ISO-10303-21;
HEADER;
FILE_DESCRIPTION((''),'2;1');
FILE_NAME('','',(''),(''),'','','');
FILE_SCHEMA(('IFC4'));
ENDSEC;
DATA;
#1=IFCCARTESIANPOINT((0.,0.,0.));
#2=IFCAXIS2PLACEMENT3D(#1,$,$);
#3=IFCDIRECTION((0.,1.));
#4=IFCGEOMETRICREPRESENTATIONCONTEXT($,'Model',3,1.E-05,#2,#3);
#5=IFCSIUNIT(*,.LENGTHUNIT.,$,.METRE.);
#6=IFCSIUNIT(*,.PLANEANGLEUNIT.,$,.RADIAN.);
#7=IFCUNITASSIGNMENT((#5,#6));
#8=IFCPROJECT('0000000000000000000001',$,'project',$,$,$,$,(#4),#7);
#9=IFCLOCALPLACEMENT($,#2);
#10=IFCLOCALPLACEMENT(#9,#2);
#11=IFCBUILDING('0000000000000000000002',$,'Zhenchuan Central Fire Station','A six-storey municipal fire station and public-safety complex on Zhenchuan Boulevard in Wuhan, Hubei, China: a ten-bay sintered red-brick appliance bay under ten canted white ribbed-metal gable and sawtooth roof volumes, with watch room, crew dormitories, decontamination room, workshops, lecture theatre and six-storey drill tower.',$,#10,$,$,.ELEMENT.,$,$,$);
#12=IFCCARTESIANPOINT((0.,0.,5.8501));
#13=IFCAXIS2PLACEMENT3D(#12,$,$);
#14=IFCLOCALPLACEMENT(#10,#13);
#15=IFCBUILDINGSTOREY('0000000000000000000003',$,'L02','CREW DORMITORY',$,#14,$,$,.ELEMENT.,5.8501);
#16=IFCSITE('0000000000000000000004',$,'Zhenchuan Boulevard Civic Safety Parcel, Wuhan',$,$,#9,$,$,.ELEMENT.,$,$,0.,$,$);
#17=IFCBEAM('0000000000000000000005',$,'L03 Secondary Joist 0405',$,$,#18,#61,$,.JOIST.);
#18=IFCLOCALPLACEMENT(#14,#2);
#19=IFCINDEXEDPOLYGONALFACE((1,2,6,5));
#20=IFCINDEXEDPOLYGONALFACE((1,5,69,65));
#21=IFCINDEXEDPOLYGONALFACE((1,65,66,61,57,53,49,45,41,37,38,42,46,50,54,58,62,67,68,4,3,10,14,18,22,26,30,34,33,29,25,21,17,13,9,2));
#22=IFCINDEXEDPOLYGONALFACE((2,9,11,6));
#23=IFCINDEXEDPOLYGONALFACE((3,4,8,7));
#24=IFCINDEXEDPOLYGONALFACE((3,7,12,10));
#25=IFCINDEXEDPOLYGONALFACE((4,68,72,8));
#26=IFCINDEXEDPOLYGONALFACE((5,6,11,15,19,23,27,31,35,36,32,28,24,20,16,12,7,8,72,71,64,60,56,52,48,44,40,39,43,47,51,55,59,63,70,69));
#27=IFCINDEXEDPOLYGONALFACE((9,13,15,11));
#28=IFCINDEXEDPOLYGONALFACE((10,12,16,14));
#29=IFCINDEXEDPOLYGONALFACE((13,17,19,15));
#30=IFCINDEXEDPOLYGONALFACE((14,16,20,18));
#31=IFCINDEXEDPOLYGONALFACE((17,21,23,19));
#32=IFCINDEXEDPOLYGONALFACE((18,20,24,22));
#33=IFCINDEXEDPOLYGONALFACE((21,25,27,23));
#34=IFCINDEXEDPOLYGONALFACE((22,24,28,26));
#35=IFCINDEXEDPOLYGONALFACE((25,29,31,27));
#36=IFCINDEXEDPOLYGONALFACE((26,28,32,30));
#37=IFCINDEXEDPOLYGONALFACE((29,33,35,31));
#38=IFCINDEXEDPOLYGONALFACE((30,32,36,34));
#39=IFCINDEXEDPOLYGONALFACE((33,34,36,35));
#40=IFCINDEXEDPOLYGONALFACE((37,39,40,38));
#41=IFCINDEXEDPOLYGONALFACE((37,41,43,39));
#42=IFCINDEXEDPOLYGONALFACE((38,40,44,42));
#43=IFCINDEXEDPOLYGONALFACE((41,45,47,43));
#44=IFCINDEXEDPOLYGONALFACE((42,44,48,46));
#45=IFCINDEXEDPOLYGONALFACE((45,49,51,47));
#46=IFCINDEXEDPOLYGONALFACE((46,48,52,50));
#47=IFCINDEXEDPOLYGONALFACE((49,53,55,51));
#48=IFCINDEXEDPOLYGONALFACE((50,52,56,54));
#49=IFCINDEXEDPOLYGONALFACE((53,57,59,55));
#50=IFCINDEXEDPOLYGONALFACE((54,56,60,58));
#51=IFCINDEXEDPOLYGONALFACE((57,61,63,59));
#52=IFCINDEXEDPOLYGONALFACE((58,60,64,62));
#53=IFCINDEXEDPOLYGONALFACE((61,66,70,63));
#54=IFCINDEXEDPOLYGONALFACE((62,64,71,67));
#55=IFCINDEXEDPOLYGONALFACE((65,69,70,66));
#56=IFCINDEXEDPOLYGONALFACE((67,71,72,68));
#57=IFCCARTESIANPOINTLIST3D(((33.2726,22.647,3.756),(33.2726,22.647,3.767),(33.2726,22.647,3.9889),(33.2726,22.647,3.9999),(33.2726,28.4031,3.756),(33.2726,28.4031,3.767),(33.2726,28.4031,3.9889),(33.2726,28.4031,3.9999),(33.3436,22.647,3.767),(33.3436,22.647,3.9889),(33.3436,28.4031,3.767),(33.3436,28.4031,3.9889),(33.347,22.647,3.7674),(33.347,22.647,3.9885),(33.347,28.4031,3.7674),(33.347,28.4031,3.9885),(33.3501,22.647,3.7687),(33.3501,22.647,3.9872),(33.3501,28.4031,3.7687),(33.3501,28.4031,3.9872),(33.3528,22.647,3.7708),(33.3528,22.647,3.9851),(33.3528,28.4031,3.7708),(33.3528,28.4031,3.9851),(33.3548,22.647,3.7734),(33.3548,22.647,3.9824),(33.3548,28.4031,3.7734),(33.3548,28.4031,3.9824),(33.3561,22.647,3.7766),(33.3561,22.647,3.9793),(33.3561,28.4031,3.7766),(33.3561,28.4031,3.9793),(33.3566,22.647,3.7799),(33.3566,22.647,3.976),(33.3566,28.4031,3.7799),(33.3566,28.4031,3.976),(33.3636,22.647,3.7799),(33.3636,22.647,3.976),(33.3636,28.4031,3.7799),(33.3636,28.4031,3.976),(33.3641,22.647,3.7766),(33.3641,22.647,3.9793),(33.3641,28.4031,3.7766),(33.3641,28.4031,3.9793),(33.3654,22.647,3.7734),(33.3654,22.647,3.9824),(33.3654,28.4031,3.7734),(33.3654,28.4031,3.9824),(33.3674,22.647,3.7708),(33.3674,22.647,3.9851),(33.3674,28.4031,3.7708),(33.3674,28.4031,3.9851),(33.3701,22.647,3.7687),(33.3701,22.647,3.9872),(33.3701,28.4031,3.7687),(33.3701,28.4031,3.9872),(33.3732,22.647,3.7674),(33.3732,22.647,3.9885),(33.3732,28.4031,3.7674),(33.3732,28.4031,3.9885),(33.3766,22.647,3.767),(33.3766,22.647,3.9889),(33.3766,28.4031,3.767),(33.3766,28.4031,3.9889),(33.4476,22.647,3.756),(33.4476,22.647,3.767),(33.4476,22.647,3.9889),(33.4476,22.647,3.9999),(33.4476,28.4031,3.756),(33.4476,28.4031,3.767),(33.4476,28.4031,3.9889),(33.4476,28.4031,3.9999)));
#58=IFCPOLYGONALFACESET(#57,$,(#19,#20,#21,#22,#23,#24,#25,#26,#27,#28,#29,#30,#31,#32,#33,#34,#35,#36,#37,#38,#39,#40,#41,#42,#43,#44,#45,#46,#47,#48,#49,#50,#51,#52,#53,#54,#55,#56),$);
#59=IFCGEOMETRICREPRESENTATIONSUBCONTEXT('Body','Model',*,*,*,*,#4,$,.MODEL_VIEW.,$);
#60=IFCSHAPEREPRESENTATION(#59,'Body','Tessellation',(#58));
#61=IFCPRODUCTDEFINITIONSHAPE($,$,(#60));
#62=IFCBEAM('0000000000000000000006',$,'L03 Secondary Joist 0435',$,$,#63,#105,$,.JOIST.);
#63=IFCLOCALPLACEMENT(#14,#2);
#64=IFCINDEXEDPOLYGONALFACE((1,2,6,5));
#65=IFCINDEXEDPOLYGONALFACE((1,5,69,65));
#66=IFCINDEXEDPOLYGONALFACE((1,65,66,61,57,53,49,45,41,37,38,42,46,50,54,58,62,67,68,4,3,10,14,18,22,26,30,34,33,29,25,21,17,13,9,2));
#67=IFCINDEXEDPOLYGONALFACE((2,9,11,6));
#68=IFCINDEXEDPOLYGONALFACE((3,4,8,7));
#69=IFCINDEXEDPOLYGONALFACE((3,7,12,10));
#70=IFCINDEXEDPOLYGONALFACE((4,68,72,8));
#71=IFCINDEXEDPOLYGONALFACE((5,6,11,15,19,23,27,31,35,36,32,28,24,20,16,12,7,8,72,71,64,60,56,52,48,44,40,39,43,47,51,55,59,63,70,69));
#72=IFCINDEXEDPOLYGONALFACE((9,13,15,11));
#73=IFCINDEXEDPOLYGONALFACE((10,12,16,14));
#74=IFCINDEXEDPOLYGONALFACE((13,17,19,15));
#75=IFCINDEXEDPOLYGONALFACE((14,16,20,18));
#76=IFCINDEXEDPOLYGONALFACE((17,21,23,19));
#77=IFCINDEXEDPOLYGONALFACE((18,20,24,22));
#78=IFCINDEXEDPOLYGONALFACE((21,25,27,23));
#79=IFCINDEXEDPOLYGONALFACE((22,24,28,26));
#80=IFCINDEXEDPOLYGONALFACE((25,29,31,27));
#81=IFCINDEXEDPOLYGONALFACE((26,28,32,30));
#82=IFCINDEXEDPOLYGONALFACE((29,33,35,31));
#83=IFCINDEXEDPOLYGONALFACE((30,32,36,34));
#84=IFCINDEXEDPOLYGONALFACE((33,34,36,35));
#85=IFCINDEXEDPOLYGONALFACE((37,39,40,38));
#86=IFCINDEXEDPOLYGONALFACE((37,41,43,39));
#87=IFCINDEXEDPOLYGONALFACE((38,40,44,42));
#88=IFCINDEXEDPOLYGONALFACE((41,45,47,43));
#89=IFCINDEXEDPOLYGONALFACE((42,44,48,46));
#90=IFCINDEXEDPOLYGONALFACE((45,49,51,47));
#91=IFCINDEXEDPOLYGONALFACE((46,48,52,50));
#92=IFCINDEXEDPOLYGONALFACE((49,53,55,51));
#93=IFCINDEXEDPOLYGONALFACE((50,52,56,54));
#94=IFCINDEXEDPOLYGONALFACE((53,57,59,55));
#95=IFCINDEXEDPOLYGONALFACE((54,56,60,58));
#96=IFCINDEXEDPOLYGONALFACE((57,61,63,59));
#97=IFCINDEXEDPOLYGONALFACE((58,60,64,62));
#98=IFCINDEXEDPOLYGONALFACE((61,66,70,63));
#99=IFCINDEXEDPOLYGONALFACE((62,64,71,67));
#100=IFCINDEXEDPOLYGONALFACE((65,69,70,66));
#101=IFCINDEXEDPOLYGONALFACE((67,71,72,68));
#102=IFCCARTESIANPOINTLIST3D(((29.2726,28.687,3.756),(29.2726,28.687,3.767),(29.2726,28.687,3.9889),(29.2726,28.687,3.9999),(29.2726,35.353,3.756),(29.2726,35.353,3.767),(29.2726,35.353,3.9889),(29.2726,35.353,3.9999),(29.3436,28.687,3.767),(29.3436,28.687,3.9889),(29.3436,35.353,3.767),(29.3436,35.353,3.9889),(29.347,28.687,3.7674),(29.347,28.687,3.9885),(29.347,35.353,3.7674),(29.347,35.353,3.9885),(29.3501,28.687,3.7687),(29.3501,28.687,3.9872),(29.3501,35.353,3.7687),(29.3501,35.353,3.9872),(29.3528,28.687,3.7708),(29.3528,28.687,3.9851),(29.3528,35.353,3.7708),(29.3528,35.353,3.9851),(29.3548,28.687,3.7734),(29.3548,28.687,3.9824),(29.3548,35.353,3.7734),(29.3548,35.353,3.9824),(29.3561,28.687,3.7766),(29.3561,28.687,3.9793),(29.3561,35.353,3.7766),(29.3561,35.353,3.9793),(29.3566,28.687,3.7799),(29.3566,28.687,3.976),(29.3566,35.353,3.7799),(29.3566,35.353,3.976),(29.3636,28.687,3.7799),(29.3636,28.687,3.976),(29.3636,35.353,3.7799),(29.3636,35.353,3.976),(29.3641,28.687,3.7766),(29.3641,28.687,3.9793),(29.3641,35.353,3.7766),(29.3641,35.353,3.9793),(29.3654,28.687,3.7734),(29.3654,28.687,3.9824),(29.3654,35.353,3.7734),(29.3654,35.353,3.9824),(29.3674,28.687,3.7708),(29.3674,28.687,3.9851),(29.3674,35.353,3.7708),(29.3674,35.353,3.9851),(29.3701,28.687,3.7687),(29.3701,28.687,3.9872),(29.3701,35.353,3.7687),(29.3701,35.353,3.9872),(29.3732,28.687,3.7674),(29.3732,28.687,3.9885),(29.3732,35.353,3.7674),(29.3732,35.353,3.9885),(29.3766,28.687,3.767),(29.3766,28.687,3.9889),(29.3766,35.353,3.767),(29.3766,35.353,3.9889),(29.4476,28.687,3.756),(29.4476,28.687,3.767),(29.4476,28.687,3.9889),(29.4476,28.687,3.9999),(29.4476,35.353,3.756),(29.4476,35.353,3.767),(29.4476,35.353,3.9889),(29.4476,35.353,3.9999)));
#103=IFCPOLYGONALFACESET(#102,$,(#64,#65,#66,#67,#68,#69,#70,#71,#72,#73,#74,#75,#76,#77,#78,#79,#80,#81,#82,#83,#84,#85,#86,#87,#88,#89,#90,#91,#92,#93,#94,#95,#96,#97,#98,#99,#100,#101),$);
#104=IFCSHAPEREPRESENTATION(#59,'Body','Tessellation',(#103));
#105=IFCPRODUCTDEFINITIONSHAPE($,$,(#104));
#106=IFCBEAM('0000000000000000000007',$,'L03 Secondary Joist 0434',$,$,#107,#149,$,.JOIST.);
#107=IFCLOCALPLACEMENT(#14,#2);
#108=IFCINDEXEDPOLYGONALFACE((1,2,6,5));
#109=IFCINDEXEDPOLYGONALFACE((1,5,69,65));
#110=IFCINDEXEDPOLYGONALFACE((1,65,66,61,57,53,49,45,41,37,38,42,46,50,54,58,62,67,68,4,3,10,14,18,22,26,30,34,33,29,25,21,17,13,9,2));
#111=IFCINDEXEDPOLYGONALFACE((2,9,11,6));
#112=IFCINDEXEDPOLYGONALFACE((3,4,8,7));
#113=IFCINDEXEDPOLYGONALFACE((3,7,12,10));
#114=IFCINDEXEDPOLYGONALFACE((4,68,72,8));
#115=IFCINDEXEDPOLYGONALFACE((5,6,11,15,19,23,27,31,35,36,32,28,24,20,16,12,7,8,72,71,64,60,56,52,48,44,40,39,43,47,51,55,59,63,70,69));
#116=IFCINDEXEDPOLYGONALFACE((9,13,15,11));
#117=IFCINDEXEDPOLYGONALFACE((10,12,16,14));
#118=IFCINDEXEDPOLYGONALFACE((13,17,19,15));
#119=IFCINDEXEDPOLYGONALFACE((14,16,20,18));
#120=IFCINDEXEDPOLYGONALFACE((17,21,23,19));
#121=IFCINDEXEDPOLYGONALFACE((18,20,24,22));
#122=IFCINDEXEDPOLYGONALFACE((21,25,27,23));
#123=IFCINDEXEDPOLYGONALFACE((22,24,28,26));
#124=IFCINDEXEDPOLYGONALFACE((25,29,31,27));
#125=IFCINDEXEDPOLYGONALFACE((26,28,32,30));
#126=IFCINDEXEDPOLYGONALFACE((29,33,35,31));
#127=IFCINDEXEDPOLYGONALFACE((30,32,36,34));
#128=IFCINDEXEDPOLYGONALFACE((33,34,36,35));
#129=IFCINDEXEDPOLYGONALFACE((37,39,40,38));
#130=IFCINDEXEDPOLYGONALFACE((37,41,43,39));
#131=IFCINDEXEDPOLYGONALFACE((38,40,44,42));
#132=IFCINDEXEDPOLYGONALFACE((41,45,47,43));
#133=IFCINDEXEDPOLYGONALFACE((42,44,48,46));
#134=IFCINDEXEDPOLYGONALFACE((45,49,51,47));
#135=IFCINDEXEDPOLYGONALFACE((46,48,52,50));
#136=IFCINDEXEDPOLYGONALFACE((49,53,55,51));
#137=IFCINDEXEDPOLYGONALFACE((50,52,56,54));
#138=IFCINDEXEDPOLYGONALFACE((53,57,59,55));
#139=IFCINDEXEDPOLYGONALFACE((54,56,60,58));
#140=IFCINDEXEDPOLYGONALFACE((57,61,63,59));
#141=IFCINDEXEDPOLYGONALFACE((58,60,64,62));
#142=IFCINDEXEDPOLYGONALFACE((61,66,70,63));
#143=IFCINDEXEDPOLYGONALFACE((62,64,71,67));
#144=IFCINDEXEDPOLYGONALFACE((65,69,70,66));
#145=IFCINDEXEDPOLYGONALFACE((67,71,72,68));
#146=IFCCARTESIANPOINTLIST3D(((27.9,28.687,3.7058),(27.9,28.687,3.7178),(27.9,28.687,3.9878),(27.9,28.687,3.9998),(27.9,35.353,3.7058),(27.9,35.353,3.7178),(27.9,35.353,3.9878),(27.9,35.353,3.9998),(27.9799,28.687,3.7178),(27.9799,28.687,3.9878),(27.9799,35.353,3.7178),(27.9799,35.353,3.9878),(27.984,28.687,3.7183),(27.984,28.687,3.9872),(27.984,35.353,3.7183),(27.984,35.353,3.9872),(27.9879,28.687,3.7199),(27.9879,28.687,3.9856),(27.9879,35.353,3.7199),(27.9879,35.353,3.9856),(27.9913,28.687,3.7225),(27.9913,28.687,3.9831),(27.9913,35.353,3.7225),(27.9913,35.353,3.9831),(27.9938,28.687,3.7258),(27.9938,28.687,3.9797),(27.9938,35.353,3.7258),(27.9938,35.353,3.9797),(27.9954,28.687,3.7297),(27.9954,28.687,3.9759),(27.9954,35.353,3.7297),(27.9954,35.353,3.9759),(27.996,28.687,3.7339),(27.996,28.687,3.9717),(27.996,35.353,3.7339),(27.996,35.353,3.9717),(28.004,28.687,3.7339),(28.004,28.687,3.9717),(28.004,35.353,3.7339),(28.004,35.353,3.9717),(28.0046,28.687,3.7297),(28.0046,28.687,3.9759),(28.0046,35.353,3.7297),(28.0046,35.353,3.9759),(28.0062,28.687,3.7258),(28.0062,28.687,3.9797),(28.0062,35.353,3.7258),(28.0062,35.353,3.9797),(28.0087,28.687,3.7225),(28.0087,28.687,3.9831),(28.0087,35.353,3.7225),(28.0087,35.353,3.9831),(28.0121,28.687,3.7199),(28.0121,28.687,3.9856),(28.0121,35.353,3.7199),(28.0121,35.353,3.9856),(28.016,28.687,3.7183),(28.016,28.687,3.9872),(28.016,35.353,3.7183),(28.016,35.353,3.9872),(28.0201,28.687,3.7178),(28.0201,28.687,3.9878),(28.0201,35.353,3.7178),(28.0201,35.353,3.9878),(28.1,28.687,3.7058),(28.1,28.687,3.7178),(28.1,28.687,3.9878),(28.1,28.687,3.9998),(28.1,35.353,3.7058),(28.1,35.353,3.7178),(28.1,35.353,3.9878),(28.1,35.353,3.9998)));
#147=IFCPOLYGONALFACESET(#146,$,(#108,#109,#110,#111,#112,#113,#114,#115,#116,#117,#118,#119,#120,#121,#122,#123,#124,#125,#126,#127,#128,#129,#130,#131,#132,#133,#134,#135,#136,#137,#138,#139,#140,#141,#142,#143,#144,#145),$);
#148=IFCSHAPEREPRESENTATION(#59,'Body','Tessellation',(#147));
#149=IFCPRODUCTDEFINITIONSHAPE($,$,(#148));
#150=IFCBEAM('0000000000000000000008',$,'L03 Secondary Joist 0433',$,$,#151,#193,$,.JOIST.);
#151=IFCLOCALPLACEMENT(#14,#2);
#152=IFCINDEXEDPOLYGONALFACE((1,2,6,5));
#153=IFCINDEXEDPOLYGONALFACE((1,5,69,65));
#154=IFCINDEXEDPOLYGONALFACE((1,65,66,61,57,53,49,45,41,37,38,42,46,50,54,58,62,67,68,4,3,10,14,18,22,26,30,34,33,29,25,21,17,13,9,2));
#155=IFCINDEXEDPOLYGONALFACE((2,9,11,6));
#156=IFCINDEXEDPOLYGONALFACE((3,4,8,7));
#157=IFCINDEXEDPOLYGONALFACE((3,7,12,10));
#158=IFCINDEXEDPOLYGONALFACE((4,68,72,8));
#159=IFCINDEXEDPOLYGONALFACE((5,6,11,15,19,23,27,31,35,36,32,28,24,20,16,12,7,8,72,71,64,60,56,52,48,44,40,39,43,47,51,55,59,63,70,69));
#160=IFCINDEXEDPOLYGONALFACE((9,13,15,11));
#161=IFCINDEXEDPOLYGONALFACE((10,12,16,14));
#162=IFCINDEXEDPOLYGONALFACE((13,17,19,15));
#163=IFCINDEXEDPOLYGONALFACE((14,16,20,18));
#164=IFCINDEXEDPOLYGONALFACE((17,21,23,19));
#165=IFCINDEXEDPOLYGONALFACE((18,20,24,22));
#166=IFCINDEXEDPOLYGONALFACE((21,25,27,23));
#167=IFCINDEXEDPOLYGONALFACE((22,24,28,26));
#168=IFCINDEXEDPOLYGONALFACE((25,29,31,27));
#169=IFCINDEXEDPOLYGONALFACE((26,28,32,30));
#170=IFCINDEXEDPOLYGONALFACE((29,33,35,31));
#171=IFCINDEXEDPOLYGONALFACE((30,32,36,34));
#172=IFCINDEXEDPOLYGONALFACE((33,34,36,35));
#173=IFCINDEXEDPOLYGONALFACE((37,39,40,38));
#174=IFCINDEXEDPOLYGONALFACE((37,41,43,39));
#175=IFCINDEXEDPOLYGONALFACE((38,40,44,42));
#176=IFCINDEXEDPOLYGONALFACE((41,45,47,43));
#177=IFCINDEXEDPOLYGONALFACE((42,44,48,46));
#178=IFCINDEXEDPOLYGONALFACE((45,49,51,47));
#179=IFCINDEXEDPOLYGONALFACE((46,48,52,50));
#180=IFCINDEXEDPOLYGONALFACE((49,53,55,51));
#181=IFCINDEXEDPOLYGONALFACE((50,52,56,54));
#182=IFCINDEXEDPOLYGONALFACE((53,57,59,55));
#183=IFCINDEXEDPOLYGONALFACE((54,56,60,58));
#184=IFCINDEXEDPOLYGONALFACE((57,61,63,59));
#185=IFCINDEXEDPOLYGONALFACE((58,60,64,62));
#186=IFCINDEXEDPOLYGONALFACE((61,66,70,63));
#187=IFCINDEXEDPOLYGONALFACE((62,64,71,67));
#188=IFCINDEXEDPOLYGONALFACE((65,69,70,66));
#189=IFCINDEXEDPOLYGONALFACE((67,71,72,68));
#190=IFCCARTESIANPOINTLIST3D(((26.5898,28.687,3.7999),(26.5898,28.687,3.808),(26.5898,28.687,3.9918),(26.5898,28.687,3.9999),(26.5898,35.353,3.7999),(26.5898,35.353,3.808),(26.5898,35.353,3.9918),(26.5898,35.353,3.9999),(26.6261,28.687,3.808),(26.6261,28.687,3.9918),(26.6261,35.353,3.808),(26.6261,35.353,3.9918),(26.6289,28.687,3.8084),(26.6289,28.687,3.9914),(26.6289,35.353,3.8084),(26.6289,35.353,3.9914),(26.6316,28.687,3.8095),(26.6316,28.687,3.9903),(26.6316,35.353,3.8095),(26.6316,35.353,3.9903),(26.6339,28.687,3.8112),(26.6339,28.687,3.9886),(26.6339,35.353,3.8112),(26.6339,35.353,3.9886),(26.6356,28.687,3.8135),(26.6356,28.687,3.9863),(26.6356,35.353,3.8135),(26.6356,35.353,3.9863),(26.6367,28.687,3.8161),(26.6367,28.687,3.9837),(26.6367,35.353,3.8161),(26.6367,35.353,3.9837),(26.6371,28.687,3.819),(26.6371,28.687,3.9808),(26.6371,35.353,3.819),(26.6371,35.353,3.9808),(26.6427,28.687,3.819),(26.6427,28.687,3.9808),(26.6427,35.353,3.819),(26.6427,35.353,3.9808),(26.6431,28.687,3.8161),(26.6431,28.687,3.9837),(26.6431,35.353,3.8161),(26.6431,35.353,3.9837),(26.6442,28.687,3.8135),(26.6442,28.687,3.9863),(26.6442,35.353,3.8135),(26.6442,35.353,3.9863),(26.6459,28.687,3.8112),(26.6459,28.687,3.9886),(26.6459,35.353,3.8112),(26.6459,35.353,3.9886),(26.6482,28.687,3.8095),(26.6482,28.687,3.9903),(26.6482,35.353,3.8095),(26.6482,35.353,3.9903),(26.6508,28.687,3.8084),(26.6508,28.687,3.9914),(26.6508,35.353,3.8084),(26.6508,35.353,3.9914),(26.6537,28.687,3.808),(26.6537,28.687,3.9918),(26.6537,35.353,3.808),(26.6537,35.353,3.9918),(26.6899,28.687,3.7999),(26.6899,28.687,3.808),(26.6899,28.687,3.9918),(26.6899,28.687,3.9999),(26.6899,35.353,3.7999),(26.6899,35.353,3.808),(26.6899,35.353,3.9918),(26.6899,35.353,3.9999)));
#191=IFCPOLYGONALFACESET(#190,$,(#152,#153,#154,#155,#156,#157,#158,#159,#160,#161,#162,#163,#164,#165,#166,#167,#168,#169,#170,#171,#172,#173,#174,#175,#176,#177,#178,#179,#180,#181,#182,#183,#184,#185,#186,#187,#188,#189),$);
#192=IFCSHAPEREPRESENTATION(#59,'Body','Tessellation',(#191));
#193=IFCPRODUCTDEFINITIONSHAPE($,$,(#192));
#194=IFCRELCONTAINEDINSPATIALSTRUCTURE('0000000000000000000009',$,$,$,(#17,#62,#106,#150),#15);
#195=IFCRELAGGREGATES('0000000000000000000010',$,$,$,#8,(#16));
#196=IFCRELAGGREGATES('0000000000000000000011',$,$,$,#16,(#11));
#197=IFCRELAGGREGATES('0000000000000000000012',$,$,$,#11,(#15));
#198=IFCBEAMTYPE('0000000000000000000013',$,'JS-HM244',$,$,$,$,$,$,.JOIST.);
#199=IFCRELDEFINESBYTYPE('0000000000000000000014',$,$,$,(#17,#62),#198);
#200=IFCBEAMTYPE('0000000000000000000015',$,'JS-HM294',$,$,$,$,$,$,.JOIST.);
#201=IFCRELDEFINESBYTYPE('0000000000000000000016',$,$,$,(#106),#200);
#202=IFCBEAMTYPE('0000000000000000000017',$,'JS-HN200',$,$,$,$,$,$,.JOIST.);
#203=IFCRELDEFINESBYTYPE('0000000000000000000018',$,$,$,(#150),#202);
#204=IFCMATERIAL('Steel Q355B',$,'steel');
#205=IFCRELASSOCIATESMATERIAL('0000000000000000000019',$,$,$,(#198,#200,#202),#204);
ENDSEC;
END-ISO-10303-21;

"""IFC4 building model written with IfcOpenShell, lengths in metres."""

from ifc_helpers import new_model, si_unit, direction, frame, origin, origin_2d, place, context, subcontext, project, spatial, i_section, extrude, material, material_profile, profile_set, type_object, element, save


model = new_model("IFC4")

# Units and contexts
model_context = context("Model", 3, precision=1e-05, world=origin(), true_north=direction((0.0, 1.0)))
body_context = subcontext(model_context, "Body", "Model", "MODEL_VIEW")
ifc_project = project(units=[si_unit("LENGTHUNIT", "METRE"), si_unit("PLANEANGLEUNIT", "RADIAN")], contexts=[model_context])

# Site, building, storey
site_placement = place(None, origin())
site = spatial("IfcSite", under=ifc_project, at=site_placement, Name="Zhenchuan Boulevard Civic Safety Parcel, Wuhan", CompositionType="ELEMENT", RefElevation=0.0)
building_placement = place(site_placement, origin())
building = spatial("IfcBuilding", under=site, at=building_placement, Name="Zhenchuan Central Fire Station", Description="A six-storey municipal fire station and public-safety complex on Zhenchuan Boulevard in Wuhan, Hubei, China: a ten-bay sintered red-brick appliance bay under ten canted white ribbed-metal gable and sawtooth roof volumes, with watch room, crew dormitories, decontamination room, workshops, lecture theatre and six-storey drill tower.", CompositionType="ELEMENT")
storey_placement = place(building_placement, frame((0.0, 0.0, 5.8501)))
storey = spatial("IfcBuildingStorey", under=building, at=storey_placement, Name="L02", Description="CREW DORMITORY", CompositionType="ELEMENT", Elevation=5.8501)

# Shared definitions
ifc_material_1 = material(Name="Steel Q355B", Category="steel")

# Beams
ifc_material_profile_1 = material_profile(ifc_material_1, i_section(OverallWidth=0.175, OverallDepth=0.2439, WebThickness=0.0071, FlangeThickness=0.011, FilletRadius=0.0129, at=origin_2d()), Name="HM 244x175")
ifc_profile_set_1 = profile_set([ifc_material_profile_1], Name="Steel Q355B")
beam_type_1 = type_object("IfcBeamType", Name="JS-HM244", PredefinedType="JOIST", material=ifc_profile_set_1)
beam_1_placement = place(storey_placement, frame((33.3601, 22.647, 3.8779), z_axis=(0.0, 1.0, 0.0), x_axis=(-1.0, 0.0, 0.0)))
element("IfcBeam", 1, at=beam_1_placement, inside=storey, type_object=beam_type_1, Name="L03 Secondary Joist 0405", PredefinedType="JOIST", context=body_context, shape_type="SweptSolid", body=[
    extrude(i_section(OverallWidth=0.175, OverallDepth=0.2439, WebThickness=0.0071, FlangeThickness=0.011, FilletRadius=0.0129, at=origin_2d()), origin(), (0.0, 0.0, 1.0), 5.7561),
])
beam_2_placement = place(storey_placement, frame((29.3601, 28.687, 3.8779), z_axis=(0.0, 1.0, 0.0), x_axis=(-1.0, 0.0, 0.0)))
element("IfcBeam", 2, at=beam_2_placement, inside=storey, type_object=beam_type_1, Name="L03 Secondary Joist 0435", PredefinedType="JOIST", context=body_context, shape_type="SweptSolid", body=[
    extrude(i_section(OverallWidth=0.175, OverallDepth=0.2439, WebThickness=0.0071, FlangeThickness=0.011, FilletRadius=0.0129, at=origin_2d()), origin(), (0.0, 0.0, 1.0), 6.666),
])
ifc_material_profile_2 = material_profile(ifc_material_1, i_section(OverallWidth=0.2, OverallDepth=0.2939, WebThickness=0.0081, FlangeThickness=0.012, FilletRadius=0.0161, at=origin_2d()), Name="HM 294x200")
ifc_profile_set_2 = profile_set([ifc_material_profile_2], Name="Steel Q355B")
beam_type_2 = type_object("IfcBeamType", Name="JS-HM294", PredefinedType="JOIST", material=ifc_profile_set_2)
beam_3_placement = place(storey_placement, frame((28.0, 28.687, 3.8528), z_axis=(0.0, 1.0, 0.0), x_axis=(-1.0, 0.0, 0.0)))
element("IfcBeam", 3, at=beam_3_placement, inside=storey, type_object=beam_type_2, Name="L03 Secondary Joist 0434", PredefinedType="JOIST", context=body_context, shape_type="SweptSolid", body=[
    extrude(i_section(OverallWidth=0.2, OverallDepth=0.2939, WebThickness=0.0081, FlangeThickness=0.012, FilletRadius=0.0161, at=origin_2d()), origin(), (0.0, 0.0, 1.0), 6.666),
])
ifc_material_profile_3 = material_profile(ifc_material_1, i_section(OverallWidth=0.1001, OverallDepth=0.2, WebThickness=0.0056, FlangeThickness=0.0081, FilletRadius=0.011, at=origin_2d()), Name="HN 200x100")
ifc_profile_set_3 = profile_set([ifc_material_profile_3], Name="Steel Q355B")
beam_type_3 = type_object("IfcBeamType", Name="JS-HN200", PredefinedType="JOIST", material=ifc_profile_set_3)
beam_4_placement = place(storey_placement, frame((26.6399, 28.687, 3.8999), z_axis=(0.0, 1.0, 0.0), x_axis=(-1.0, 0.0, 0.0)))
element("IfcBeam", 4, at=beam_4_placement, inside=storey, type_object=beam_type_3, Name="L03 Secondary Joist 0433", PredefinedType="JOIST", context=body_context, shape_type="SweptSolid", body=[
    extrude(i_section(OverallWidth=0.1001, OverallDepth=0.2, WebThickness=0.0056, FlangeThickness=0.0081, FilletRadius=0.011, at=origin_2d()), origin(), (0.0, 0.0, 1.0), 6.666),
])

save(model, "model.ifc")
